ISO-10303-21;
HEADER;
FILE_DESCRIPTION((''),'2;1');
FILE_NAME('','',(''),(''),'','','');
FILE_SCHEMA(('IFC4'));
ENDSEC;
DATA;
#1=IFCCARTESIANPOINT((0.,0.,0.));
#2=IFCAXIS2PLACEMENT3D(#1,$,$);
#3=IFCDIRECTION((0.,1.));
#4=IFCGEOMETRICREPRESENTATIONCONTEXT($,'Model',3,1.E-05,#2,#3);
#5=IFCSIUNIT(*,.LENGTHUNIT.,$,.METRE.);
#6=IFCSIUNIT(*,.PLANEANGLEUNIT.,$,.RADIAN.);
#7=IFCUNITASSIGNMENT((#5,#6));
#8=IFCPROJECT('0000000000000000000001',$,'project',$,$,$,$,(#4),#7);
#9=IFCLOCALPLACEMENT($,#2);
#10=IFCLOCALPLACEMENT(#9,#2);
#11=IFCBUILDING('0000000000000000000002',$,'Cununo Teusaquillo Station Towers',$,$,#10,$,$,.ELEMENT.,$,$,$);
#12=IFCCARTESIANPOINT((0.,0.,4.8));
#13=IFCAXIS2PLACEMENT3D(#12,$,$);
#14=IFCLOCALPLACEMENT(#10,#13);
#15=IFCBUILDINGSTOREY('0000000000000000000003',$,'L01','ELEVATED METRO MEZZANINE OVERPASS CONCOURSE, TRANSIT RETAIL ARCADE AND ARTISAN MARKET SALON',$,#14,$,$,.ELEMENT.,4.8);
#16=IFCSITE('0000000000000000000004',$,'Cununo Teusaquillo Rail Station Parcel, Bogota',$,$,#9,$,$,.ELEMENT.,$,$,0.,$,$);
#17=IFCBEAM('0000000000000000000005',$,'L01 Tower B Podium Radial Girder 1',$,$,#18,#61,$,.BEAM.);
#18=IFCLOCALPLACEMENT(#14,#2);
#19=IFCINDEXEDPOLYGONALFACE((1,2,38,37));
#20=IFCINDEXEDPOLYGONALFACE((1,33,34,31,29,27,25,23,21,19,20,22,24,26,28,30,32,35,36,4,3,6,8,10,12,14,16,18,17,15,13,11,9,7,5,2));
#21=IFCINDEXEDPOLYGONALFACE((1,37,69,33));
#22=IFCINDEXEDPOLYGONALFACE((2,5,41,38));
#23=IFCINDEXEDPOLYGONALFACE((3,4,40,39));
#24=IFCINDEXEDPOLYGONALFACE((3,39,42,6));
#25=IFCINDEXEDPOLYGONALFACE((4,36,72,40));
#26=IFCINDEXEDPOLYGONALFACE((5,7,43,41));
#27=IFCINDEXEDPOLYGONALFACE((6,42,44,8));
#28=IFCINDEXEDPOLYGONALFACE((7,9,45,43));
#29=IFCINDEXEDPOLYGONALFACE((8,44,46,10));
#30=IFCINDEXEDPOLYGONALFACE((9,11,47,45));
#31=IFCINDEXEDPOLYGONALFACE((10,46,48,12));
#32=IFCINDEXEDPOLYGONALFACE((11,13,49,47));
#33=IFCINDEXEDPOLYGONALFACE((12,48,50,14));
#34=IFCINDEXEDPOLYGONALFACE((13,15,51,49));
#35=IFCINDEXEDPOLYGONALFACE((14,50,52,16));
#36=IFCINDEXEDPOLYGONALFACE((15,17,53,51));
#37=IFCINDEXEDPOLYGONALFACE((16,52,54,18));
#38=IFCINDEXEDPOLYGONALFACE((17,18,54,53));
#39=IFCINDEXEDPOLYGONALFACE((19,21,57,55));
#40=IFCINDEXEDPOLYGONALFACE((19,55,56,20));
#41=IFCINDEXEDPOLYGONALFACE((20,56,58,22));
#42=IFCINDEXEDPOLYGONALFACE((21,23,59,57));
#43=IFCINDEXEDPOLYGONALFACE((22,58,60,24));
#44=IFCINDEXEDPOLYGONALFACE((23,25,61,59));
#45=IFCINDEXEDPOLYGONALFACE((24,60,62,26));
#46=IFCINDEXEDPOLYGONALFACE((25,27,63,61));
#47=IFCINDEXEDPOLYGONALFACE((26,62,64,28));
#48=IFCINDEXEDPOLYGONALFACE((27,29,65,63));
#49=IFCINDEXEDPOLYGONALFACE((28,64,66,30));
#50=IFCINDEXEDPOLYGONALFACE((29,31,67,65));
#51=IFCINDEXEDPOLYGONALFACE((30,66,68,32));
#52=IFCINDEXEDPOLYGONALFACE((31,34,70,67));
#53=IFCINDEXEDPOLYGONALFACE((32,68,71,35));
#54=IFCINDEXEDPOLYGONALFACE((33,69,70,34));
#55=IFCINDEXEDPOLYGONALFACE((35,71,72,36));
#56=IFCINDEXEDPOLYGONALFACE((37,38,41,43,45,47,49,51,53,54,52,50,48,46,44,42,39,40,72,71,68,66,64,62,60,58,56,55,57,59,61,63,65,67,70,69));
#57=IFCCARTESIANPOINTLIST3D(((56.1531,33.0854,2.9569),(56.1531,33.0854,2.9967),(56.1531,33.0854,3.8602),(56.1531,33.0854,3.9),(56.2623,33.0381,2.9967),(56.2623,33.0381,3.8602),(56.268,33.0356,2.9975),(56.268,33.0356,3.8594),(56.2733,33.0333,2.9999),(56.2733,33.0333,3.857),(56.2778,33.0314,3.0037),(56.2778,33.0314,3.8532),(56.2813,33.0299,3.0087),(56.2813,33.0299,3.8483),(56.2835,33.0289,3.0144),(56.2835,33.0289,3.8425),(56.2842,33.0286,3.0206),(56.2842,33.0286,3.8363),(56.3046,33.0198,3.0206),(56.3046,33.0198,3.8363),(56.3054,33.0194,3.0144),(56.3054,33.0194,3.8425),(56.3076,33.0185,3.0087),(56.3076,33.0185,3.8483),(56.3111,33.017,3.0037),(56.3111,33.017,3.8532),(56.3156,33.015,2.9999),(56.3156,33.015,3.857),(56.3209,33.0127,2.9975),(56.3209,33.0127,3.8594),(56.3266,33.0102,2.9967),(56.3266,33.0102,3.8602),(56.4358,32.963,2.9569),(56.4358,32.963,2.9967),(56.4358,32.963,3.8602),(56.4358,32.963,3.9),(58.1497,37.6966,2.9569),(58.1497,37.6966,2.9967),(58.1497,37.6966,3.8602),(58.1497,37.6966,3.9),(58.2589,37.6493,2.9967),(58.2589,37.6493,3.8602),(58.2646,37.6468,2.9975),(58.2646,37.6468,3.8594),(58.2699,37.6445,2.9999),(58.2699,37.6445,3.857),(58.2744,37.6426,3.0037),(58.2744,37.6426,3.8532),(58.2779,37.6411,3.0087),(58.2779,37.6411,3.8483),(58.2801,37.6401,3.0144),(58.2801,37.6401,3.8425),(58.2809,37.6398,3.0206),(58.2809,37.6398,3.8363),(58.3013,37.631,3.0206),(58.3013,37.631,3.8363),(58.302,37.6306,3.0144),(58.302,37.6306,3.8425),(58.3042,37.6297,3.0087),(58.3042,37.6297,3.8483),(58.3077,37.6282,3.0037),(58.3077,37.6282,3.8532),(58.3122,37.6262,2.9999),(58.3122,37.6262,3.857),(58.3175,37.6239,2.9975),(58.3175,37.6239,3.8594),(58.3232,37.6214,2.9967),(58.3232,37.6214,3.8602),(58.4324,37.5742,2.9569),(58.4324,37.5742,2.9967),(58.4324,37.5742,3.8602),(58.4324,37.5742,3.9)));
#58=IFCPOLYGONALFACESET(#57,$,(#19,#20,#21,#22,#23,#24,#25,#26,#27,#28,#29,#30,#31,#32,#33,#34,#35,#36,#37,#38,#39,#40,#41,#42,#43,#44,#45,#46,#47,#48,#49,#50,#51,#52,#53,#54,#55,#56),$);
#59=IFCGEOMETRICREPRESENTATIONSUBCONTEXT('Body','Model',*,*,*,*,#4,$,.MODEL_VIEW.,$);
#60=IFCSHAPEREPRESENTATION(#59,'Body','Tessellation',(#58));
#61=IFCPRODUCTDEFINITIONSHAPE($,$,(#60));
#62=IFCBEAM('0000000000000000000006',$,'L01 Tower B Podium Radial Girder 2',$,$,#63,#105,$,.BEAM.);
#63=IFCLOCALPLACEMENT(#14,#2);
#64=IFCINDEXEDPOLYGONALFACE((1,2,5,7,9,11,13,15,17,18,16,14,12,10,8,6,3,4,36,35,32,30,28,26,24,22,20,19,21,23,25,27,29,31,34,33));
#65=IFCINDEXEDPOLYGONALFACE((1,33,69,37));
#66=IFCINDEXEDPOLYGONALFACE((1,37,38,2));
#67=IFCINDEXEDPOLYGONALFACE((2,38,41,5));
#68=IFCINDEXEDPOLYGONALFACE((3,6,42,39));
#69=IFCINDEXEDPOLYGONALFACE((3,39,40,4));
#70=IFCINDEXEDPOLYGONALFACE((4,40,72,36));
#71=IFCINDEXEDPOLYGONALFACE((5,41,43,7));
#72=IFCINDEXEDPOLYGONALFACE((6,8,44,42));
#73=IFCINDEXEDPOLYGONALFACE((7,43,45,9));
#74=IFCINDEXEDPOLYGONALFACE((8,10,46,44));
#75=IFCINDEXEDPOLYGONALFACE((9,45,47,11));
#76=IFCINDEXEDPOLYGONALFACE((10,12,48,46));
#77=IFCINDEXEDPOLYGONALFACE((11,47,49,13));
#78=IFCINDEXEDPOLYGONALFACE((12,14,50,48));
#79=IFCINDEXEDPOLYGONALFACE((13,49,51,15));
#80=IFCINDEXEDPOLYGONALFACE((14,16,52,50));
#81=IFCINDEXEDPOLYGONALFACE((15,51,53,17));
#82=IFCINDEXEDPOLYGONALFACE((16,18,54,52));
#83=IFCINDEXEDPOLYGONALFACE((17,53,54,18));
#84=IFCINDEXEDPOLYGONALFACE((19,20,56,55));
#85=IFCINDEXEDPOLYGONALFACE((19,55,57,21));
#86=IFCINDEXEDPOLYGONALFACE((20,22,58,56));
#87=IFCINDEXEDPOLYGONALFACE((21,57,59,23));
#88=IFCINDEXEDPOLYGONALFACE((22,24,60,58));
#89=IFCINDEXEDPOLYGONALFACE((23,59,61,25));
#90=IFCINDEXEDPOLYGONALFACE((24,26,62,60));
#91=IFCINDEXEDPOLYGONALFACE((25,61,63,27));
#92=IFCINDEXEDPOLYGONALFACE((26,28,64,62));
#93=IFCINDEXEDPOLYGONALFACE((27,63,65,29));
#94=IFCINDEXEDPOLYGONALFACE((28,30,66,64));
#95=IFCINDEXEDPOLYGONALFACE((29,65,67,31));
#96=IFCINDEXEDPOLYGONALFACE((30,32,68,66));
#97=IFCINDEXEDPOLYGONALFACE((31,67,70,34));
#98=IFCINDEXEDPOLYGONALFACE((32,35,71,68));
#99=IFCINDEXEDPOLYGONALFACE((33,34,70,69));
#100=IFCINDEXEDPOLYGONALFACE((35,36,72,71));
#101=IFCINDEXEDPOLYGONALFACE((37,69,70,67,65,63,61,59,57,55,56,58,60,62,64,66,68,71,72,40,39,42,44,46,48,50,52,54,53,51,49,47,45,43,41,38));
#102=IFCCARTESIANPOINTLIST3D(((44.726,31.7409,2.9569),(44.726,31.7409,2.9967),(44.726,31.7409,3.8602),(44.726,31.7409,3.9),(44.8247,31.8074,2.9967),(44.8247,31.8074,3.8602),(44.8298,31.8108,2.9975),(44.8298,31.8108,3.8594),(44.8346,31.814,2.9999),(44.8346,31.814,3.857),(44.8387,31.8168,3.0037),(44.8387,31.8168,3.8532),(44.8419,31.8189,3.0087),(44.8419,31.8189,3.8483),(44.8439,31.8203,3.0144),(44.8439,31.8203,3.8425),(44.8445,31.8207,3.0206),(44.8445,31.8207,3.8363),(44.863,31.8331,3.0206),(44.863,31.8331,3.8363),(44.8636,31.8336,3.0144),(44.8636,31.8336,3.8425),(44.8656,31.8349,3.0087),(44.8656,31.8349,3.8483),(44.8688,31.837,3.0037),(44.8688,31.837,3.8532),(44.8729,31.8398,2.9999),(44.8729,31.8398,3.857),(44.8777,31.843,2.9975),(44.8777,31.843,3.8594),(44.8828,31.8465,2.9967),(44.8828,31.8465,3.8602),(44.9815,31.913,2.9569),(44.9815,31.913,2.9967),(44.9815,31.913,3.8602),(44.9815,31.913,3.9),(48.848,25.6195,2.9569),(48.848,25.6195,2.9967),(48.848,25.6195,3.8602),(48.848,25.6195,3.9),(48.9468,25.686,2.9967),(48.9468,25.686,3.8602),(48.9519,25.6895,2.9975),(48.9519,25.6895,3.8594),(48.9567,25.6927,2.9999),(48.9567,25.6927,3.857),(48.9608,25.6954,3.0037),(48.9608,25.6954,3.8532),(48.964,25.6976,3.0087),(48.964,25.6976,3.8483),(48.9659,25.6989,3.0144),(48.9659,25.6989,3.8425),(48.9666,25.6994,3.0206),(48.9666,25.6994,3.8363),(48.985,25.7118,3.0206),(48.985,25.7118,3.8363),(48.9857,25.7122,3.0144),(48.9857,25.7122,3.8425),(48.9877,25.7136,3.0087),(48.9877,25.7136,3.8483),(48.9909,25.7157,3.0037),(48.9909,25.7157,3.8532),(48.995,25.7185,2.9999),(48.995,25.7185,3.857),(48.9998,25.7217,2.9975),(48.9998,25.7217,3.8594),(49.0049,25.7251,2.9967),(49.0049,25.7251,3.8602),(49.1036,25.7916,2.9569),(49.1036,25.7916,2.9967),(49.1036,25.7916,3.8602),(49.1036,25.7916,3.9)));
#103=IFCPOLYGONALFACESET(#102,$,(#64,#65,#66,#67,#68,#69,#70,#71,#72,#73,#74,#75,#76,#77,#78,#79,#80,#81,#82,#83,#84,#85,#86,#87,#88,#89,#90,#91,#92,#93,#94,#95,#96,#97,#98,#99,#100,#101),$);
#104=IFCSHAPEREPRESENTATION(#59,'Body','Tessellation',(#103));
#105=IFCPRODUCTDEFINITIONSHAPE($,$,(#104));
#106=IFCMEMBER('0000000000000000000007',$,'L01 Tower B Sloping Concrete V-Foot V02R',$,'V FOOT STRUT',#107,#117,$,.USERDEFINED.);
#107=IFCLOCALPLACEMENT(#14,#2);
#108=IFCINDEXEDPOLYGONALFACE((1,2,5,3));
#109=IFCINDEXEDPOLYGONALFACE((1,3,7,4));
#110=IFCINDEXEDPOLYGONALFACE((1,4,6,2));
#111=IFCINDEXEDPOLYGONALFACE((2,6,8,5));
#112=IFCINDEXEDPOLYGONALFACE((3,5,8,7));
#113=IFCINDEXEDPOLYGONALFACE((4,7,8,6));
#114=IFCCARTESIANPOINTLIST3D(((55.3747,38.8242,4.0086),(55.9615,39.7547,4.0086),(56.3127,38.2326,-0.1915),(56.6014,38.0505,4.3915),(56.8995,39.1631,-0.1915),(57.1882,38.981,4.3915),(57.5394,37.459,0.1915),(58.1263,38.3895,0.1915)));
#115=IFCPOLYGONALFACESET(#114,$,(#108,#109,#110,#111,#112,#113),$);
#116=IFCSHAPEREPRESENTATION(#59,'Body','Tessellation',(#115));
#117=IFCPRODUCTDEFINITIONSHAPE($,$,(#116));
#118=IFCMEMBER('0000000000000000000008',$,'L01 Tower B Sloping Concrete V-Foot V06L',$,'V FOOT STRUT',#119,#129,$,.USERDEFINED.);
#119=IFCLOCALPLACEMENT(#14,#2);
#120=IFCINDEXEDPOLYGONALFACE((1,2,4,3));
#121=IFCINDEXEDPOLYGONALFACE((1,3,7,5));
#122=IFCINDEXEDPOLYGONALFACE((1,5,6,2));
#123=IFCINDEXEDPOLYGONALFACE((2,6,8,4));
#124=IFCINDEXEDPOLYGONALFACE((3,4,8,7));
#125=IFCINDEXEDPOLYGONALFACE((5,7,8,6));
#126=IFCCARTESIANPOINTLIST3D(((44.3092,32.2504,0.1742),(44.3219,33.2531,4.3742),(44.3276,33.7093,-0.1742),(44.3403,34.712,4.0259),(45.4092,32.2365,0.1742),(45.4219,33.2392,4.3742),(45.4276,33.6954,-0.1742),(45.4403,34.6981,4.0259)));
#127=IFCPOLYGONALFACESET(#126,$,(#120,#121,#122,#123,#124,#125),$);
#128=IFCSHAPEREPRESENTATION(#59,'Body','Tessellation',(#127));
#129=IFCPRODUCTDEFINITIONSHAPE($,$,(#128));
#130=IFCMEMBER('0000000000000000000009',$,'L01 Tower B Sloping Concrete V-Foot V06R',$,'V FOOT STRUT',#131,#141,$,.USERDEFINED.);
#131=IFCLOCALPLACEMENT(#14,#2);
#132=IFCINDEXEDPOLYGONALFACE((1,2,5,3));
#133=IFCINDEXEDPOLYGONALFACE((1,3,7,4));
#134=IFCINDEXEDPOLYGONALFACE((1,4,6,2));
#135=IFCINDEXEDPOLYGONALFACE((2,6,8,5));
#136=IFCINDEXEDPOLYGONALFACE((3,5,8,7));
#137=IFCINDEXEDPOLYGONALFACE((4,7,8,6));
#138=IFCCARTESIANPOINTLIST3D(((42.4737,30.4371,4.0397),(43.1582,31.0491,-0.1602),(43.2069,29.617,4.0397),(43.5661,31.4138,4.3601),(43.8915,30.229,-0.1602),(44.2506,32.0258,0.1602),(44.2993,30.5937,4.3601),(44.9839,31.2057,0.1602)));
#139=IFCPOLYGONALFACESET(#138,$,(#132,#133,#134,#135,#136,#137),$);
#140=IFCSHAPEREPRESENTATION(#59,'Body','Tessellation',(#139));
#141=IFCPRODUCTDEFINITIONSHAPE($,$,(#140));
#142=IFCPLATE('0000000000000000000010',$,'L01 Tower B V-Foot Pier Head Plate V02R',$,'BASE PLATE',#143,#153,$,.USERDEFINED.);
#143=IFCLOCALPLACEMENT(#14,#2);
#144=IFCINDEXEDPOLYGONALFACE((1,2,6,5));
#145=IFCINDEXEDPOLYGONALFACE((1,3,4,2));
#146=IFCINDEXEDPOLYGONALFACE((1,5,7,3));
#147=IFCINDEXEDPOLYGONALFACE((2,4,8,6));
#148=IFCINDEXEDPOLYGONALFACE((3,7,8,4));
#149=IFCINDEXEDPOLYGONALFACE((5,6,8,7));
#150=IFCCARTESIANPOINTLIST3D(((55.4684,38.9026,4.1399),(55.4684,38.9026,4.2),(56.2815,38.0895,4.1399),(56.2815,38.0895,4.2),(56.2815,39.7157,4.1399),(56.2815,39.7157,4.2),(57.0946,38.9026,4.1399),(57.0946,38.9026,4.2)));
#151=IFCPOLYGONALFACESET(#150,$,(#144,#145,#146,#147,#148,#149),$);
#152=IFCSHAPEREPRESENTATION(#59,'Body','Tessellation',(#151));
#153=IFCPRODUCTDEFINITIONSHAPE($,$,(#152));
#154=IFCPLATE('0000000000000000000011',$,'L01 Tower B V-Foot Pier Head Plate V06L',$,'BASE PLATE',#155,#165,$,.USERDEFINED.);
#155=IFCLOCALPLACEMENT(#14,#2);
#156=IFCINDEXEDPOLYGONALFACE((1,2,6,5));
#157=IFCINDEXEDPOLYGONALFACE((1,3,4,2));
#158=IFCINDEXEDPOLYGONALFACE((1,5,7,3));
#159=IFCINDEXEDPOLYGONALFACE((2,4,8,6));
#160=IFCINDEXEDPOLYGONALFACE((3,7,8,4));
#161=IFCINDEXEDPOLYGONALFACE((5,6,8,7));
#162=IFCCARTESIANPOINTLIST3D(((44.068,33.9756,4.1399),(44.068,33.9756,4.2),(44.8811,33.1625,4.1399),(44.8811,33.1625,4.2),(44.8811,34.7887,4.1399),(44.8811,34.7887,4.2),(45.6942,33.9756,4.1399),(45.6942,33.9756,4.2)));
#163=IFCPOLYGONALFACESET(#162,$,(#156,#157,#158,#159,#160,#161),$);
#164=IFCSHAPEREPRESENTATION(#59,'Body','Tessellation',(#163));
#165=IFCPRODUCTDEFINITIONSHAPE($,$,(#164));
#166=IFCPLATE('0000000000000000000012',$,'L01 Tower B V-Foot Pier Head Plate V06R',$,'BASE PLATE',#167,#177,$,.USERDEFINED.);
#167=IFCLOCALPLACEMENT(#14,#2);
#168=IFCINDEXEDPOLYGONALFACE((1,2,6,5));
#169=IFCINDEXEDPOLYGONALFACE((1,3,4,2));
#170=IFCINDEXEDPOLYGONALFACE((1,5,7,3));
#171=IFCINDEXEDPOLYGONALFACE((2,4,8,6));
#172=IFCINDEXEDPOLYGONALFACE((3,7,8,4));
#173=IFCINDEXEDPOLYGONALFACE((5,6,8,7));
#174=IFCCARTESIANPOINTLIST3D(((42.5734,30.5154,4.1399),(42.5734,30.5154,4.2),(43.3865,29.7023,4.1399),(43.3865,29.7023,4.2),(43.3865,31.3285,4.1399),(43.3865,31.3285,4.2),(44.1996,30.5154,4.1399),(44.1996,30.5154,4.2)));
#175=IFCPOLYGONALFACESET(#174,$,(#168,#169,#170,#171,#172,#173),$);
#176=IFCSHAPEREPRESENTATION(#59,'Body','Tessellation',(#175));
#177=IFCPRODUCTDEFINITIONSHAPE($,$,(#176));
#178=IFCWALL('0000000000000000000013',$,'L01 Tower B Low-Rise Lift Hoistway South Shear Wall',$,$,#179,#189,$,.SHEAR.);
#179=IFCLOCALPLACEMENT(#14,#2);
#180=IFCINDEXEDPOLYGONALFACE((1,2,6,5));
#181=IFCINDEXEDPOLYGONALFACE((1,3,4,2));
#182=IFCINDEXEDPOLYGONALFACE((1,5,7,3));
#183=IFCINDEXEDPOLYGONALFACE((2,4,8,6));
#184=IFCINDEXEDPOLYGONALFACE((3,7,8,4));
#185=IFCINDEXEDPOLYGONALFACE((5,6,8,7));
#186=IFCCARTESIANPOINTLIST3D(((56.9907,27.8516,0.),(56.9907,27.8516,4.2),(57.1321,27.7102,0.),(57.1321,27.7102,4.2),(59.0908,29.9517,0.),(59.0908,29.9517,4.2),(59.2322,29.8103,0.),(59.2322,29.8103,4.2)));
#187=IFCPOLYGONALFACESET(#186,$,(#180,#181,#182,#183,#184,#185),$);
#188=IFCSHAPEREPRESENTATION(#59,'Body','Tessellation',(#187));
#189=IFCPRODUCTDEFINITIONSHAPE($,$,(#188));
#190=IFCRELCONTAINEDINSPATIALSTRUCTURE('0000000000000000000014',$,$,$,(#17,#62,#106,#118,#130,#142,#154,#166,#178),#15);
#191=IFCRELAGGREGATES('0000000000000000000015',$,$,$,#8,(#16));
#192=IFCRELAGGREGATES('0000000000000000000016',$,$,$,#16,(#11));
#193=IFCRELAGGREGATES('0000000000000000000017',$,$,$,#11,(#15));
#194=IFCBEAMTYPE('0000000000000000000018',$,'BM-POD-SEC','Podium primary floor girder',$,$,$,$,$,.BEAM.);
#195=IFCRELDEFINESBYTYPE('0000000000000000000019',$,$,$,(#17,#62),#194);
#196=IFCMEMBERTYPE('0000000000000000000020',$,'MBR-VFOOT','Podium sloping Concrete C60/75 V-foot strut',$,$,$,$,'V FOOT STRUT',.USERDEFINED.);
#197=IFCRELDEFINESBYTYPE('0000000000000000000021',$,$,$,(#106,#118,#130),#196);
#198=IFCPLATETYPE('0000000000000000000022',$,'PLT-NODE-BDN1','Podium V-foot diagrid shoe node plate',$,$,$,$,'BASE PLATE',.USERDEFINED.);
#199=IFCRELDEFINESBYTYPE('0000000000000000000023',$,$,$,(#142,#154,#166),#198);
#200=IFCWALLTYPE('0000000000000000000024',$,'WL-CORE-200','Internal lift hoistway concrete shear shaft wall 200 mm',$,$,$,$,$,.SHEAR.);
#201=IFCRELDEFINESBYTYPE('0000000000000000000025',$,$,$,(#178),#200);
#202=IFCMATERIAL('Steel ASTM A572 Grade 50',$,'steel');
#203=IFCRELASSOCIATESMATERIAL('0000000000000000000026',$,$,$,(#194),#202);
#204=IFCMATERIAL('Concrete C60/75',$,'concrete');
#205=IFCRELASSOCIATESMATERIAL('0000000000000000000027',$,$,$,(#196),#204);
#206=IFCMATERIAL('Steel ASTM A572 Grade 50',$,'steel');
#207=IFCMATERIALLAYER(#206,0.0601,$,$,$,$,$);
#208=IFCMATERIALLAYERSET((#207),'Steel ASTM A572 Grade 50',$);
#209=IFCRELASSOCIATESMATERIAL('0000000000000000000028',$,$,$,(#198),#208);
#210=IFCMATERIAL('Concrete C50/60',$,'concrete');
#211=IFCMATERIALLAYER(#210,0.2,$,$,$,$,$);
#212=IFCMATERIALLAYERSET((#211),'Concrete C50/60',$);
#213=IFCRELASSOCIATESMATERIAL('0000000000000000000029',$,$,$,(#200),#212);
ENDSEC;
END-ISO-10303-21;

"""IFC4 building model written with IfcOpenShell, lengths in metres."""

from ifc_helpers import new_model, si_unit, direction, frame, frame_2d, origin, origin_2d, place, context, subcontext, project, spatial, rectangle, i_section, extrude, source, transform, mapped, material, layer, layer_set, material_profile, profile_set, type_object, element, save


model = new_model("IFC4")

# Units and contexts
model_context = context("Model", 3, precision=1e-05, world=origin(), true_north=direction((0.0, 1.0)))
body_context = subcontext(model_context, "Body", "Model", "MODEL_VIEW")
ifc_project = project(units=[si_unit("LENGTHUNIT", "METRE"), si_unit("PLANEANGLEUNIT", "RADIAN")], contexts=[model_context])

# Site, building, storey
site_placement = place(None, origin())
site = spatial("IfcSite", under=ifc_project, at=site_placement, Name="Cununo Teusaquillo Rail Station Parcel, Bogota", CompositionType="ELEMENT", RefElevation=0.0)
building_placement = place(site_placement, origin())
building = spatial("IfcBuilding", under=site, at=building_placement, Name="Cununo Teusaquillo Station Towers", CompositionType="ELEMENT")
storey_placement = place(building_placement, frame((0.0, 0.0, 4.8)))
storey = spatial("IfcBuildingStorey", under=building, at=storey_placement, Name="L01", Description="ELEVATED METRO MEZZANINE OVERPASS CONCOURSE, TRANSIT RETAIL ARCADE AND ARTISAN MARKET SALON", CompositionType="ELEMENT", Elevation=4.8)

# Beams
ifc_material_1 = material(Name="Steel ASTM A572 Grade 50", Category="steel")
ifc_material_profile_1 = material_profile(ifc_material_1, i_section(OverallWidth=0.3081, OverallDepth=0.9431, WebThickness=0.0222, FlangeThickness=0.0398, FilletRadius=0.0239, at=origin_2d()), Name="W36X232")
ifc_profile_set_1 = profile_set([ifc_material_profile_1], Name="Steel ASTM A572 Grade 50")
beam_type_1 = type_object("IfcBeamType", Name="BM-POD-SEC", Description="Podium primary floor girder", PredefinedType="BEAM", material=ifc_profile_set_1)
beam_1_placement = place(storey_placement, frame((56.2944, 33.0242, 3.4285), z_axis=(0.397347, 0.917668, 0.0), x_axis=(-0.917668, 0.397347, 0.0)))
element("IfcBeam", 1, at=beam_1_placement, inside=storey, type_object=beam_type_1, Name="L01 Tower B Podium Radial Girder 1", PredefinedType="BEAM", context=body_context, shape_type="SweptSolid", body=[
    extrude(i_section(OverallWidth=0.3081, OverallDepth=0.9431, WebThickness=0.0222, FlangeThickness=0.0398, FilletRadius=0.0239, at=origin_2d()), origin(), (0.0, 0.0, 1.0), 5.0249),
])
beam_2_placement = place(storey_placement, frame((48.9758, 25.7056, 3.4285), z_axis=(-0.558557, 0.829466, 0.0), x_axis=(-0.829466, -0.558557, 0.0)))
element("IfcBeam", 2, at=beam_2_placement, inside=storey, type_object=beam_type_1, Name="L01 Tower B Podium Radial Girder 2", PredefinedType="BEAM", context=body_context, shape_type="SweptSolid", body=[
    extrude(i_section(OverallWidth=0.3081, OverallDepth=0.9431, WebThickness=0.0222, FlangeThickness=0.0398, FilletRadius=0.0239, at=origin_2d()), origin(), (0.0, 0.0, 1.0), 7.3799),
])

# Members
ifc_material_2 = material(Name="Concrete C60/75", Category="concrete")
ifc_material_profile_2 = material_profile(ifc_material_2, rectangle(XDim=1.1001, YDim=1.5, at=origin_2d()), Name="RC-RECT-1500x1100")
ifc_profile_set_2 = profile_set([ifc_material_profile_2], Name="Concrete C60/75")
member_type = type_object("IfcMemberType", Name="MBR-VFOOT", Description="Podium sloping Concrete C60/75 V-foot strut", ElementType="V FOOT STRUT", PredefinedType="USERDEFINED", material=ifc_profile_set_2)
member_1_placement = place(storey_placement, frame((57.2195, 38.311, 0.0), z_axis=(-0.215933, 0.136181, 0.966865), x_axis=(-0.533438, -0.845839, 0.0)))
element("IfcMember", 3, at=member_1_placement, inside=storey, type_object=member_type, Name="L01 Tower B Sloping Concrete V-Foot V02R", ObjectType="V FOOT STRUT", PredefinedType="USERDEFINED", context=body_context, shape_type="SweptSolid", body=[
    extrude(rectangle(XDim=1.1001, YDim=1.5, at=origin_2d()), origin(), (0.0, 0.0, 1.0), 4.344),
])
member_2_placement = place(storey_placement, frame((44.8684, 32.9729, 0.0), z_axis=(0.00294, 0.232211, 0.972661), x_axis=(-0.99992, 0.01266, 0.0)))
element("IfcMember", 4, at=member_2_placement, inside=storey, type_object=member_type, Name="L01 Tower B Sloping Concrete V-Foot V06L", ObjectType="V FOOT STRUT", PredefinedType="USERDEFINED", context=body_context, shape_type="SweptSolid", body=[
    extrude(rectangle(XDim=1.1001, YDim=1.5, at=origin_2d()), origin(), (0.0, 0.0, 1.0), 4.3181),
])
member_3_placement = place(storey_placement, frame((44.071, 31.1274, 0.0), z_axis=(-0.159233, -0.142367, 0.976922), x_axis=(0.666523, -0.745485, 0.0)))
element("IfcMember", 5, at=member_3_placement, inside=storey, type_object=member_type, Name="L01 Tower B Sloping Concrete V-Foot V06R", ObjectType="V FOOT STRUT", PredefinedType="USERDEFINED", context=body_context, shape_type="SweptSolid", body=[
    extrude(rectangle(XDim=1.1001, YDim=1.5, at=origin_2d()), origin(), (0.0, 0.0, 1.0), 4.2991),
])

# Plates
ifc_material_3 = material(Name="Steel ASTM A572 Grade 50", Category="steel")
ifc_layer_1 = layer(ifc_material_3, 0.0601)
ifc_layer_set_1 = layer_set([ifc_layer_1], Name="Steel ASTM A572 Grade 50")
plate_type = type_object("IfcPlateType", Name="PLT-NODE-BDN1", Description="Podium V-foot diagrid shoe node plate", ElementType="BASE PLATE", PredefinedType="USERDEFINED", material=ifc_layer_set_1)
shared_shape_1 = source(origin(), body_context, "Body", "SweptSolid", [
    extrude(rectangle(XDim=1.1499, YDim=1.1499, at=origin_2d()), origin(), (0.0, 0.0, 1.0), 0.0601),
])
for number, where, z_axis, x_axis, name in (
    (6, (56.2815, 38.9026, 4.1399), (0.0, 0.0, 1.0), (0.707107, 0.707107, 0.0), "L01 Tower B V-Foot Pier Head Plate V02R"),
    (7, (44.8811, 33.9756, 4.1399), (0.0, 0.0, 1.0), (0.707107, 0.707107, 0.0), "L01 Tower B V-Foot Pier Head Plate V06L"),
    (8, (43.3865, 30.5154, 4.1399), (0.0, 0.0, 1.0), (0.707107, 0.707107, 0.0), "L01 Tower B V-Foot Pier Head Plate V06R"),
):
    element("IfcPlate", number, at=place(storey_placement, frame(where, z_axis=z_axis, x_axis=x_axis)), inside=storey, type_object=plate_type, Name=name, ObjectType="BASE PLATE", PredefinedType="USERDEFINED", context=body_context, shape_type="MappedRepresentation", body=[
        mapped(shared_shape_1, transform((0.0, 0.0, 0.0), x_axis=(1.0, 0.0, 0.0), y_axis=(0.0, 1.0, 0.0), z_axis=(0.0, 0.0, 1.0), scale=1.0)),
    ])

# Wall
ifc_material_4 = material(Name="Concrete C50/60", Category="concrete")
ifc_layer_2 = layer(ifc_material_4, 0.2)
ifc_layer_set_2 = layer_set([ifc_layer_2], Name="Concrete C50/60")
wall_type_1 = type_object("IfcWallType", Name="WL-CORE-200", Description="Internal lift hoistway concrete shear shaft wall 200 mm", PredefinedType="SHEAR", material=ifc_layer_set_2)
wall_1_placement = place(storey_placement, frame((57.0615, 27.781, 0.0), z_axis=(0.0, 0.0, 1.0), x_axis=(0.707107, 0.707107, 0.0)))
element("IfcWall", 9, at=wall_1_placement, inside=storey, type_object=wall_type_1, Name="L01 Tower B Low-Rise Lift Hoistway South Shear Wall", PredefinedType="SHEAR", context=body_context, shape_type="SweptSolid", body=[
    extrude(rectangle(XDim=2.97, YDim=0.2, at=frame_2d((1.4849, 0.0))), origin(), (0.0, 0.0, 1.0), 4.2),
])

save(model, "model.ifc")
